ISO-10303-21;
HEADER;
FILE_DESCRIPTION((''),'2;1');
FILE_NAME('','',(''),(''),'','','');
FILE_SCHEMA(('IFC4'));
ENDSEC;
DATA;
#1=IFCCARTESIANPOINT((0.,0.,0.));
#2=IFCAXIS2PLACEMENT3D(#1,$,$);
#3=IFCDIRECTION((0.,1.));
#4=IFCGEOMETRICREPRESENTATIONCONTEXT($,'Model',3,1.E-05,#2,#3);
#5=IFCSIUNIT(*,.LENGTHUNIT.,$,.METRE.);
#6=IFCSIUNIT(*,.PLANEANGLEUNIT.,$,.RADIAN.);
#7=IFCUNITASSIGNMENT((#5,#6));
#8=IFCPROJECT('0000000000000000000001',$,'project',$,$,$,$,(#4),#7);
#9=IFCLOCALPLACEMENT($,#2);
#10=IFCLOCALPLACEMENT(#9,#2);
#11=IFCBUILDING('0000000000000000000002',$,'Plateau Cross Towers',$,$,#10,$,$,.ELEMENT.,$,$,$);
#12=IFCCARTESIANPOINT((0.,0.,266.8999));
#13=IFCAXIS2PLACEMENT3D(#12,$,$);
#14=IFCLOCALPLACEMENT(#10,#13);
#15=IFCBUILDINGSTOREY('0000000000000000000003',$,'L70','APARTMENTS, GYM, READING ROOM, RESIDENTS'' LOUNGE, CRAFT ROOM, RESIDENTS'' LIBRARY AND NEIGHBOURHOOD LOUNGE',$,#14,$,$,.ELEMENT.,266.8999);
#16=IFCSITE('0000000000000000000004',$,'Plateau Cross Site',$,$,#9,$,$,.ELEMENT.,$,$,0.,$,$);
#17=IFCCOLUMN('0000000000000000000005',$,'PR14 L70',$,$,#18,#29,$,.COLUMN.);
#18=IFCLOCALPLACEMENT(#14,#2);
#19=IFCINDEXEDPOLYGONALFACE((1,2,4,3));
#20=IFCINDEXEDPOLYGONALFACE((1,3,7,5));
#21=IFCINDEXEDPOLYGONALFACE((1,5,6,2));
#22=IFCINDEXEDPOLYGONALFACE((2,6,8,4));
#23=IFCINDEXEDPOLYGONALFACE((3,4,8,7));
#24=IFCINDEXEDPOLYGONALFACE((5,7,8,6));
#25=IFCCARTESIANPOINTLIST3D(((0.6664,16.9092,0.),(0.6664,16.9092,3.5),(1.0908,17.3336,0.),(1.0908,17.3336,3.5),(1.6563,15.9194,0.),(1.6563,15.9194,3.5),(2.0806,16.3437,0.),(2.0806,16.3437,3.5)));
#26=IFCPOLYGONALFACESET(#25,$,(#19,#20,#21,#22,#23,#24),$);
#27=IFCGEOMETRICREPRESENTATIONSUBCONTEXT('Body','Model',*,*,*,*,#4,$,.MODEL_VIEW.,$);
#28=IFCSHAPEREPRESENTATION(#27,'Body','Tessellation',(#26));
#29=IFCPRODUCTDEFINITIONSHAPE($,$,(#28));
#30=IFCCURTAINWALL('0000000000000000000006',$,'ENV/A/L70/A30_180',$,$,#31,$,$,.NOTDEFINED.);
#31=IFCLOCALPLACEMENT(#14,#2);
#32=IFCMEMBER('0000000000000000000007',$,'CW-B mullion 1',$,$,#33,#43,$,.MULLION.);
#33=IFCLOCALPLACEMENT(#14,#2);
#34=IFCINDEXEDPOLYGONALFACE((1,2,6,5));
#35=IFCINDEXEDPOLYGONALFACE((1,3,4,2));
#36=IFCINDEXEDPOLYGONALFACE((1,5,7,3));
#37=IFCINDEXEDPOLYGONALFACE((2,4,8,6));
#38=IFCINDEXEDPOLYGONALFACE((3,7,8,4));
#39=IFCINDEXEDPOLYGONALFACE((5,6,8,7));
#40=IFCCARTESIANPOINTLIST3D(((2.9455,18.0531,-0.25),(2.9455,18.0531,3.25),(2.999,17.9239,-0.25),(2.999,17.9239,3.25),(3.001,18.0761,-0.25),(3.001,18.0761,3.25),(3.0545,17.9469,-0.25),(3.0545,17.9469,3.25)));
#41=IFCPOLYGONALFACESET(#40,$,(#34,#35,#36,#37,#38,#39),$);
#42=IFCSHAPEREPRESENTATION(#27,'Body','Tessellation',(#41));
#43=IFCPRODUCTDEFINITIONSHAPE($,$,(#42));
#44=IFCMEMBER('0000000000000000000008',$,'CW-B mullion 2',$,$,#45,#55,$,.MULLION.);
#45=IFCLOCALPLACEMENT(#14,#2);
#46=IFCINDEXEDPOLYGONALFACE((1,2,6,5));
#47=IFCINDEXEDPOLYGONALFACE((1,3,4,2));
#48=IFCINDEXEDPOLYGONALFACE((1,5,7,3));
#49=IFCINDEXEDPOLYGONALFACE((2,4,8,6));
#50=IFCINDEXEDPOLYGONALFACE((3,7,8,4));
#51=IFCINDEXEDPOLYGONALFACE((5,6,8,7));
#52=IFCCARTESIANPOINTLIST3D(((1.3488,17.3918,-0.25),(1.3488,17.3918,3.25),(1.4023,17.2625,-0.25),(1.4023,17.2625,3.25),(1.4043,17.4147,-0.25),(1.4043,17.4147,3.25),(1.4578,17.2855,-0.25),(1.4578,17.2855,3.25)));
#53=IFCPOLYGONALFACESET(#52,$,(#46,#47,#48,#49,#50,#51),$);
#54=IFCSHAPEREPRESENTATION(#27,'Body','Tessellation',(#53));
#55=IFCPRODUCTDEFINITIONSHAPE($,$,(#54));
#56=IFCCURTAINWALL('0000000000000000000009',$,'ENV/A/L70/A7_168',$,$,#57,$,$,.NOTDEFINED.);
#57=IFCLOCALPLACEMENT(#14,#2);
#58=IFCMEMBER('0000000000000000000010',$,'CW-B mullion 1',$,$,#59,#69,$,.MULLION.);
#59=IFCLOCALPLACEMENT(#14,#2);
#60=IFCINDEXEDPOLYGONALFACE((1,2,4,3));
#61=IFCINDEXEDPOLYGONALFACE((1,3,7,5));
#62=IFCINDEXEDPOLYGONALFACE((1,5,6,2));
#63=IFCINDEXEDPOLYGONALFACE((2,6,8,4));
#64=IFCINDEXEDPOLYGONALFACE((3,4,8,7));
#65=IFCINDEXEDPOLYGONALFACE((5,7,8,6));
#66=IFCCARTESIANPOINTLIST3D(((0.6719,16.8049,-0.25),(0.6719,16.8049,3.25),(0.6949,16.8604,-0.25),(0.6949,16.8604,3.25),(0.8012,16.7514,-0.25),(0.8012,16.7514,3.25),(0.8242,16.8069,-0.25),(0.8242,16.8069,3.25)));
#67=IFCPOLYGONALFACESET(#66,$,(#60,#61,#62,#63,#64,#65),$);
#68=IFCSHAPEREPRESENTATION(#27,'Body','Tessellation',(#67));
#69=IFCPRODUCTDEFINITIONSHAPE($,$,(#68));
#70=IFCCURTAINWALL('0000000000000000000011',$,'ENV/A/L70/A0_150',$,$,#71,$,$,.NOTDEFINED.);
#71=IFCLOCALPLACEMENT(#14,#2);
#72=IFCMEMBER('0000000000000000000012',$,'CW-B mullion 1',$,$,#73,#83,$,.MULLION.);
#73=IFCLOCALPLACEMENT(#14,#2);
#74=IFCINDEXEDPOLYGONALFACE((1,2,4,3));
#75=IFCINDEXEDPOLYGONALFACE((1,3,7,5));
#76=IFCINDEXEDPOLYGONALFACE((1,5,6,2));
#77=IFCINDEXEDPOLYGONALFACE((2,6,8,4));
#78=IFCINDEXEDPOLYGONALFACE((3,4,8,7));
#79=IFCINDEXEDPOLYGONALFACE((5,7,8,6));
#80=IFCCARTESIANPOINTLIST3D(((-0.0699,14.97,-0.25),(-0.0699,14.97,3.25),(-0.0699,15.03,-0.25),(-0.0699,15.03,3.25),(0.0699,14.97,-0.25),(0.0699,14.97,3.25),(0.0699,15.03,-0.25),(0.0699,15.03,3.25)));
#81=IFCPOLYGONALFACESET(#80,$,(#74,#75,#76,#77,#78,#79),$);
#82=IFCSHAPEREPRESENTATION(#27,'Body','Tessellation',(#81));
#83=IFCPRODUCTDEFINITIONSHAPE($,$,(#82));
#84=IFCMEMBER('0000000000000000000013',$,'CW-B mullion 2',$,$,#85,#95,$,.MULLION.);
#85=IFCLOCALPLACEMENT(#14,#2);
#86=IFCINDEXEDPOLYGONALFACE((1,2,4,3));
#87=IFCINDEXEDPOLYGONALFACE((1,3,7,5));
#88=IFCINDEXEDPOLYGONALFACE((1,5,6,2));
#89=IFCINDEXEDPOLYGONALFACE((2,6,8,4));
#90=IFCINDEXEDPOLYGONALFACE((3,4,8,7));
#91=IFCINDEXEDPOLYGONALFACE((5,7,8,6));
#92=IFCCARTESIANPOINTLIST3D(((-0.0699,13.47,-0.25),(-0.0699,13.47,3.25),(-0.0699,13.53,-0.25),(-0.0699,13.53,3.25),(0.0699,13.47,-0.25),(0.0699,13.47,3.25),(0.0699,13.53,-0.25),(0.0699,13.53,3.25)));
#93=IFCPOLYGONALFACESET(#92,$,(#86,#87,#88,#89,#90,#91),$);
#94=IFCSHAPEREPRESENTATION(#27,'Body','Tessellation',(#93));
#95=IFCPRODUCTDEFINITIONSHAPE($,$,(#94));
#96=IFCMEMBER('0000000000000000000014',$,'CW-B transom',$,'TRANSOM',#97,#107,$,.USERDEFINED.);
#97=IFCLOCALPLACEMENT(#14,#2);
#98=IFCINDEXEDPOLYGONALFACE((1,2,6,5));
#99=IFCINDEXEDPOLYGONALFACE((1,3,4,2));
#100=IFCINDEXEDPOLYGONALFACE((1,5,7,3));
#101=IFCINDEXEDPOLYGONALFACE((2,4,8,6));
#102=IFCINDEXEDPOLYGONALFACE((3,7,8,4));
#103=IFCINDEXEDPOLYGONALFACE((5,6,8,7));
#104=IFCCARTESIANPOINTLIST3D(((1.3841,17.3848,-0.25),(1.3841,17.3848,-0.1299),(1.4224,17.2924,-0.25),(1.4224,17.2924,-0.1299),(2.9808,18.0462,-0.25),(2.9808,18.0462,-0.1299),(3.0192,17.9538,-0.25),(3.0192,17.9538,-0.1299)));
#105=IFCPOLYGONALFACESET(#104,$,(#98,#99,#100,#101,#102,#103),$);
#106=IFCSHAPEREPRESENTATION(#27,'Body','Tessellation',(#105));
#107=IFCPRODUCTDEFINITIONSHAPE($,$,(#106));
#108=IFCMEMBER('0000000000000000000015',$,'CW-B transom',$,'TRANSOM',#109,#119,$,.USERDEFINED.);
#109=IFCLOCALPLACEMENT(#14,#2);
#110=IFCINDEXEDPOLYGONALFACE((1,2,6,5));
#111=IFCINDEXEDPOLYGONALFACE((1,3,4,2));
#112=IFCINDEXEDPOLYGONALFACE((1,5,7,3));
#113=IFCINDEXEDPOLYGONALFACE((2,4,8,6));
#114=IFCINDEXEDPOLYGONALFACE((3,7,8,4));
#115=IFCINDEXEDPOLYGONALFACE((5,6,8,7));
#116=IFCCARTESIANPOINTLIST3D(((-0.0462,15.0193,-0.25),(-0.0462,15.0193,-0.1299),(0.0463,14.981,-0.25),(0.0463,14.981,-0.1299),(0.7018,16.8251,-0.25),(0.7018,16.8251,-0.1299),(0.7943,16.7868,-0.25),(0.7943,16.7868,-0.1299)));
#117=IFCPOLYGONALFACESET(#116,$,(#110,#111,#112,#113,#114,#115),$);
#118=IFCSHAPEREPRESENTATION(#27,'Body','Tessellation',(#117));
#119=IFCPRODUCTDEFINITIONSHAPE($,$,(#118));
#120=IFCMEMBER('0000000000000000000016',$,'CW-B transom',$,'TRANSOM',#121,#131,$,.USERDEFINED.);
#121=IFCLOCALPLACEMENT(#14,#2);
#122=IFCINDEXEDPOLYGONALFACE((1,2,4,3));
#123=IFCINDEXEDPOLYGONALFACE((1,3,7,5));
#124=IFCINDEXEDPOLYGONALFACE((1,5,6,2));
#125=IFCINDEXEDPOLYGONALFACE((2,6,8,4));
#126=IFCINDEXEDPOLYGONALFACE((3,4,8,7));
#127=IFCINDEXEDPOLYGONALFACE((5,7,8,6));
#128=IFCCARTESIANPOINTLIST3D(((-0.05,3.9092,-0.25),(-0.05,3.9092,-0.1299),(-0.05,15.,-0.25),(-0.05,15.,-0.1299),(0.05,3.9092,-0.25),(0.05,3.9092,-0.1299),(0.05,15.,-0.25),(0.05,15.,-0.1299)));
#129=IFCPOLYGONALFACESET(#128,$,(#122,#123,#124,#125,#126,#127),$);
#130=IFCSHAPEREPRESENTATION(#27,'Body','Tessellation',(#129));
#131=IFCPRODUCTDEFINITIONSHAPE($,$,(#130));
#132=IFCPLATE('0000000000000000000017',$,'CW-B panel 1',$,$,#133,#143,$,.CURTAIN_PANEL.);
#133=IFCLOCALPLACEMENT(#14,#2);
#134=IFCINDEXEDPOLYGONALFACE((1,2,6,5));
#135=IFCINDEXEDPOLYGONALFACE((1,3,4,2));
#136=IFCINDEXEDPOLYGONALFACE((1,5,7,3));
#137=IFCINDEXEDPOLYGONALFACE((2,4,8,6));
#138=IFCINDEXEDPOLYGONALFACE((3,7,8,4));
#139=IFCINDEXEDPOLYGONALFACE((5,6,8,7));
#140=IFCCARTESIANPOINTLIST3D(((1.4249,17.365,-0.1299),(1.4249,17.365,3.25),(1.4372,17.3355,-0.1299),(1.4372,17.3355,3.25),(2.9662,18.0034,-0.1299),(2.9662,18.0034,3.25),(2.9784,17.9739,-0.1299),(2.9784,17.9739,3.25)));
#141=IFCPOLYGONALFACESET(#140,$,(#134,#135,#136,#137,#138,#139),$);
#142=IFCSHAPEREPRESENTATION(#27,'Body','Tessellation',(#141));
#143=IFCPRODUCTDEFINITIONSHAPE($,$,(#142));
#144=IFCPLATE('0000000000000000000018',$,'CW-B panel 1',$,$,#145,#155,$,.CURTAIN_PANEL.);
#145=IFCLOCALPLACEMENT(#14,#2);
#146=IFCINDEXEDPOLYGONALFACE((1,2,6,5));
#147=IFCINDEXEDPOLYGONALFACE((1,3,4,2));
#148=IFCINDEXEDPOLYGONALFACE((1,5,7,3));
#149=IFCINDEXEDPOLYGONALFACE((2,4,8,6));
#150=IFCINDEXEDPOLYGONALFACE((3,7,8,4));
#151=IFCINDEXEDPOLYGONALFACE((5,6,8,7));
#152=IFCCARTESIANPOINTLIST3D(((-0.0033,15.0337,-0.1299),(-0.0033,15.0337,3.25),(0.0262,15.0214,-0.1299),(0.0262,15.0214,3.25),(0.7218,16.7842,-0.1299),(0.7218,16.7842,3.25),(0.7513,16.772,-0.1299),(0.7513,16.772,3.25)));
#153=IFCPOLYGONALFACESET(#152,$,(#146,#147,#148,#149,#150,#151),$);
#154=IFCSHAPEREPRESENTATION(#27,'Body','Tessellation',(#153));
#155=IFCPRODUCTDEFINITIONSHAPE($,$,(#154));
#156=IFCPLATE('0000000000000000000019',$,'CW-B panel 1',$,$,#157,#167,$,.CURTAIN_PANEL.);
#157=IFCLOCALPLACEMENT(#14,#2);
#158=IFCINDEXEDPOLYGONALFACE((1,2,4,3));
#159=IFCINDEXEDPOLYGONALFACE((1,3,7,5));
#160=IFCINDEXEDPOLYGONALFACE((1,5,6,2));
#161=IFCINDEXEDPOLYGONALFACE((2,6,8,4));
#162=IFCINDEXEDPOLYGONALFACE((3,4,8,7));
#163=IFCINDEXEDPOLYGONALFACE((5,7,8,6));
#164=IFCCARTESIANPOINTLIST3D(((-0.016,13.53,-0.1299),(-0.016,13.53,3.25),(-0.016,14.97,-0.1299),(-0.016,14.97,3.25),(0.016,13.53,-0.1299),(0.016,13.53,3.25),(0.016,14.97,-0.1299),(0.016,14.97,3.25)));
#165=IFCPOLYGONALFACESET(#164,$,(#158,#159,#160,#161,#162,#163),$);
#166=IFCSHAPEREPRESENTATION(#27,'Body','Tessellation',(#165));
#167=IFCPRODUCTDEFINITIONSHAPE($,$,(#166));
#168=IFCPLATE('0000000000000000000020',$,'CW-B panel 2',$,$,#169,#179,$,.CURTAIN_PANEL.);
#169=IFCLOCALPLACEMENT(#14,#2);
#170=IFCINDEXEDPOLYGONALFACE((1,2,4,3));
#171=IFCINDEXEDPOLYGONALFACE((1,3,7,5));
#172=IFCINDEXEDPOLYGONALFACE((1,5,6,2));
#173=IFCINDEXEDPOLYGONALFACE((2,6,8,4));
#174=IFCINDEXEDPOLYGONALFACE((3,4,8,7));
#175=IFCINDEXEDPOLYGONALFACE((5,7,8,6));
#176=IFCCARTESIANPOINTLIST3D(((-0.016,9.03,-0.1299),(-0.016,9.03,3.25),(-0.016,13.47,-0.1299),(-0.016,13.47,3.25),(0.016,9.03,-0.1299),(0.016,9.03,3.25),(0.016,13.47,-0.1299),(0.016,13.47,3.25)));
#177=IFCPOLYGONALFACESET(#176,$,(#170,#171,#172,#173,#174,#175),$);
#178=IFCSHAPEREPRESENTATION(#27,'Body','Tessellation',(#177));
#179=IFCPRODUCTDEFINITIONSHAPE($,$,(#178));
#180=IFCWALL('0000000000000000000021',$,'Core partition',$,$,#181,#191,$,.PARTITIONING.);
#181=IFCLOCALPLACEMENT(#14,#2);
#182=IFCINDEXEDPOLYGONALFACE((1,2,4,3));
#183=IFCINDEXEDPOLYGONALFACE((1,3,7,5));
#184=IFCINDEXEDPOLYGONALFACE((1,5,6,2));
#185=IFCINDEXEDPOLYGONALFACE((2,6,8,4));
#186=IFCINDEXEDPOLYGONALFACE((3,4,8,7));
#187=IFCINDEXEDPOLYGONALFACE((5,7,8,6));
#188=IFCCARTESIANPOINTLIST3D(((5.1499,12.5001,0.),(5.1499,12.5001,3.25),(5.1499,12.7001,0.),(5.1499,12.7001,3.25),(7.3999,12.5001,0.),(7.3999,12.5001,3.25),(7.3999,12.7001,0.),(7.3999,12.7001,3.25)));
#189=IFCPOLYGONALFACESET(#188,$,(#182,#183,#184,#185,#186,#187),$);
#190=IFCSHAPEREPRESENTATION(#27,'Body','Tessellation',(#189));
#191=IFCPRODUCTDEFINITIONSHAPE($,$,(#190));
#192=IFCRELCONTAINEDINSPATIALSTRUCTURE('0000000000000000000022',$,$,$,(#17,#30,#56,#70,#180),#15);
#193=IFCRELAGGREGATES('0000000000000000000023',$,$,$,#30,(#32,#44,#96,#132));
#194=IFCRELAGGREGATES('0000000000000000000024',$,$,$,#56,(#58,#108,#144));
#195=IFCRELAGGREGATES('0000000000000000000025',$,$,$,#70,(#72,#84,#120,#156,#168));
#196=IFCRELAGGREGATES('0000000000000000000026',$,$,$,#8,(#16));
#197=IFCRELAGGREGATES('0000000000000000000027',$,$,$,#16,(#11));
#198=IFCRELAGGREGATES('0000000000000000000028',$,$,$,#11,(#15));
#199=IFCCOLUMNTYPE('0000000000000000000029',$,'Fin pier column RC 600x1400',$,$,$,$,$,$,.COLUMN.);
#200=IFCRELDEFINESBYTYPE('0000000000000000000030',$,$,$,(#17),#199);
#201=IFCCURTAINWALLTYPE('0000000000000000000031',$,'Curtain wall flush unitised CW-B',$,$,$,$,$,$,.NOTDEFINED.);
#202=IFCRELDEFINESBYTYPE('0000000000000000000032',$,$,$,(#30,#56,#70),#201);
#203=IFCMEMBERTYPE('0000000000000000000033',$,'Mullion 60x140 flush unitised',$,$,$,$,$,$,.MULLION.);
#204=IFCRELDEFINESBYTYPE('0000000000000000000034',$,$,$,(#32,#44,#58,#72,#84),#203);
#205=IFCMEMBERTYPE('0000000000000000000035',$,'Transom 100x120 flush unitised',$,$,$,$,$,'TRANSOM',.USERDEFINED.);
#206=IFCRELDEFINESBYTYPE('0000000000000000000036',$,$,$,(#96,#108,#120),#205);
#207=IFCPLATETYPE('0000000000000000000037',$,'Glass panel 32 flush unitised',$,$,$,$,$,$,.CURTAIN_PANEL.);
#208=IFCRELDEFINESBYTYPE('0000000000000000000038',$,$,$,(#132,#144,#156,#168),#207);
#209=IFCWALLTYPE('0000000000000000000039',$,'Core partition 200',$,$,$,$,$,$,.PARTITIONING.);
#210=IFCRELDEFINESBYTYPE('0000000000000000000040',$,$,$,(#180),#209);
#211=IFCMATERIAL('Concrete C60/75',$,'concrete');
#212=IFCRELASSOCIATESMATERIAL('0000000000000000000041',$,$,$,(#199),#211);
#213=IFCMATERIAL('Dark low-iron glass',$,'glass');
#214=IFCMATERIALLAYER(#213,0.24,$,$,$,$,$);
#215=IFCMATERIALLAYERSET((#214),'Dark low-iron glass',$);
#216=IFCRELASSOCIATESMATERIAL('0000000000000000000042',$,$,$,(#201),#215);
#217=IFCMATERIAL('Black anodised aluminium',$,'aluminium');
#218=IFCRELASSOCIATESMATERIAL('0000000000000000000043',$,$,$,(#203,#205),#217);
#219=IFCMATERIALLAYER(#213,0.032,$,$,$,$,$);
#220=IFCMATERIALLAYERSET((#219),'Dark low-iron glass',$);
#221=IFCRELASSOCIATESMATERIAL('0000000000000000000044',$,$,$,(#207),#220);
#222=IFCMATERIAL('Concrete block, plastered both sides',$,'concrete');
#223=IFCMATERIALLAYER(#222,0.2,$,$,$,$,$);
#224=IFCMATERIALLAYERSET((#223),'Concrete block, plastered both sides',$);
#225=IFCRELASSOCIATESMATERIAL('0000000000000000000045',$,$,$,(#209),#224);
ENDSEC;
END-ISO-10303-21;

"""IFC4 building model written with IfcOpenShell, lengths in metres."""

from ifc_helpers import new_model, si_unit, direction, frame, frame_2d, origin, origin_2d, place, context, subcontext, project, spatial, rectangle, extrude, material, layer, layer_set, material_profile, profile_set, type_object, element, aggregate, save


model = new_model("IFC4")

# Units and contexts
model_context = context("Model", 3, precision=1e-05, world=origin(), true_north=direction((0.0, 1.0)))
body_context = subcontext(model_context, "Body", "Model", "MODEL_VIEW")
ifc_project = project(units=[si_unit("LENGTHUNIT", "METRE"), si_unit("PLANEANGLEUNIT", "RADIAN")], contexts=[model_context])

# Site, building, storey
site_placement = place(None, origin())
site = spatial("IfcSite", under=ifc_project, at=site_placement, Name="Plateau Cross Site", CompositionType="ELEMENT", RefElevation=0.0)
building_placement = place(site_placement, origin())
building = spatial("IfcBuilding", under=site, at=building_placement, Name="Plateau Cross Towers", CompositionType="ELEMENT")
storey_placement = place(building_placement, frame((0.0, 0.0, 266.8999)))
storey = spatial("IfcBuildingStorey", under=building, at=storey_placement, Name="L70", Description="APARTMENTS, GYM, READING ROOM, RESIDENTS' LOUNGE, CRAFT ROOM, RESIDENTS' LIBRARY AND NEIGHBOURHOOD LOUNGE", CompositionType="ELEMENT", Elevation=266.8999)

# Column
ifc_material_1 = material(Name="Concrete C60/75", Category="concrete")
ifc_material_profile_1 = material_profile(ifc_material_1, rectangle(XDim=0.6001, YDim=1.3999, at=origin_2d()), Name="RC 600x1400")
ifc_profile_set_1 = profile_set([ifc_material_profile_1], Name="Concrete C60/75")
column_type = type_object("IfcColumnType", Name="Fin pier column RC 600x1400", PredefinedType="COLUMN", material=ifc_profile_set_1)
column_placement = place(storey_placement, frame((1.3735, 16.6265, 0.0), z_axis=(0.0, 0.0, 1.0), x_axis=(0.707107, 0.707107, 0.0)))
element("IfcColumn", 1, at=column_placement, inside=storey, type_object=column_type, Name="PR14 L70", PredefinedType="COLUMN", context=body_context, shape_type="SweptSolid", body=[
    extrude(rectangle(XDim=0.6001, YDim=1.3999, at=origin_2d()), origin(), (0.0, 0.0, 1.0), 3.5),
])

# Curtain wall, members
ifc_material_2 = material(Name="Dark low-iron glass", Category="glass")
ifc_layer_1 = layer(ifc_material_2, 0.24)
ifc_layer_set_1 = layer_set([ifc_layer_1], Name="Dark low-iron glass")
curtain_wall_type = type_object("IfcCurtainWallType", Name="Curtain wall flush unitised CW-B", PredefinedType="NOTDEFINED", material=ifc_layer_set_1)
curtain_wall_1_placement = place(storey_placement, origin())
curtain_wall_1 = element("IfcCurtainWall", 2, at=curtain_wall_1_placement, inside=storey, type_object=curtain_wall_type, Name="ENV/A/L70/A30_180", PredefinedType="NOTDEFINED")
ifc_material_3 = material(Name="Black anodised aluminium", Category="aluminium")
ifc_material_profile_2 = material_profile(ifc_material_3, rectangle(XDim=0.0601, YDim=0.1399, at=origin_2d()), Name="MULLION 60x140")
ifc_profile_set_2 = profile_set([ifc_material_profile_2], Name="Black anodised aluminium")
member_type_1 = type_object("IfcMemberType", Name="Mullion 60x140 flush unitised", PredefinedType="MULLION", material=ifc_profile_set_2)
member_1_placement = place(storey_placement, frame((3.0, 18.0, -0.25), z_axis=(0.0, 0.0, 1.0), x_axis=(-0.923879, -0.382684, 0.0)))
member_1 = element("IfcMember", 3, at=member_1_placement, type_object=member_type_1, Name="CW-B mullion 1", PredefinedType="MULLION", context=body_context, shape_type="SweptSolid", body=[
    extrude(rectangle(XDim=0.0601, YDim=0.1399, at=origin_2d()), origin(), (0.0, 0.0, 1.0), 3.5),
])
member_2_placement = place(storey_placement, frame((1.4033, 17.3386, -0.25), z_axis=(0.0, 0.0, 1.0), x_axis=(-0.923879, -0.382684, 0.0)))
member_2 = element("IfcMember", 4, at=member_2_placement, type_object=member_type_1, Name="CW-B mullion 2", PredefinedType="MULLION", context=body_context, shape_type="SweptSolid", body=[
    extrude(rectangle(XDim=0.0601, YDim=0.1399, at=origin_2d()), origin(), (0.0, 0.0, 1.0), 3.5),
])

# Curtain wall, member
curtain_wall_2_placement = place(storey_placement, origin())
curtain_wall_2 = element("IfcCurtainWall", 5, at=curtain_wall_2_placement, inside=storey, type_object=curtain_wall_type, Name="ENV/A/L70/A7_168", PredefinedType="NOTDEFINED")
member_3_placement = place(storey_placement, frame((0.748, 16.8059, -0.25), z_axis=(0.0, 0.0, 1.0), x_axis=(-0.382684, -0.923879, 0.0)))
member_3 = element("IfcMember", 6, at=member_3_placement, type_object=member_type_1, Name="CW-B mullion 1", PredefinedType="MULLION", context=body_context, shape_type="SweptSolid", body=[
    extrude(rectangle(XDim=0.0601, YDim=0.1399, at=origin_2d()), origin(), (0.0, 0.0, 1.0), 3.5),
])

# Curtain wall, members
curtain_wall_3_placement = place(storey_placement, origin())
curtain_wall_3 = element("IfcCurtainWall", 7, at=curtain_wall_3_placement, inside=storey, type_object=curtain_wall_type, Name="ENV/A/L70/A0_150", PredefinedType="NOTDEFINED")
member_4_placement = place(storey_placement, frame((0.0, 15.0, -0.25), z_axis=(0.0, 0.0, 1.0), x_axis=(0.0, -1.0, 0.0)))
member_4 = element("IfcMember", 8, at=member_4_placement, type_object=member_type_1, Name="CW-B mullion 1", PredefinedType="MULLION", context=body_context, shape_type="SweptSolid", body=[
    extrude(rectangle(XDim=0.0601, YDim=0.1399, at=origin_2d()), origin(), (0.0, 0.0, 1.0), 3.5),
])
member_5_placement = place(storey_placement, frame((0.0, 13.5, -0.25), z_axis=(0.0, 0.0, 1.0), x_axis=(0.0, -1.0, 0.0)))
member_5 = element("IfcMember", 9, at=member_5_placement, type_object=member_type_1, Name="CW-B mullion 2", PredefinedType="MULLION", context=body_context, shape_type="SweptSolid", body=[
    extrude(rectangle(XDim=0.0601, YDim=0.1399, at=origin_2d()), origin(), (0.0, 0.0, 1.0), 3.5),
])

# Members
ifc_material_profile_3 = material_profile(ifc_material_3, rectangle(XDim=0.1001, YDim=0.1201, at=origin_2d()), Name="TRANSOM 100x120")
ifc_profile_set_3 = profile_set([ifc_material_profile_3], Name="Black anodised aluminium")
member_type_2 = type_object("IfcMemberType", Name="Transom 100x120 flush unitised", ElementType="TRANSOM", PredefinedType="USERDEFINED", material=ifc_profile_set_3)
member_6_placement = place(storey_placement, frame((3.0, 18.0, -0.1899), z_axis=(-0.923877, -0.382689, 0.0), x_axis=(0.382689, -0.923877, 0.0)))
member_6 = element("IfcMember", 10, at=member_6_placement, type_object=member_type_2, Name="CW-B transom", ObjectType="TRANSOM", PredefinedType="USERDEFINED", context=body_context, shape_type="SweptSolid", body=[
    extrude(rectangle(XDim=0.1001, YDim=0.1201, at=origin_2d()), origin(), (0.0, 0.0, 1.0), 1.7283),
])
member_7_placement = place(storey_placement, frame((0.748, 16.8059, -0.1899), z_axis=(-0.38269, -0.923877, 0.0), x_axis=(0.923877, -0.38269, 0.0)))
member_7 = element("IfcMember", 11, at=member_7_placement, type_object=member_type_2, Name="CW-B transom", ObjectType="TRANSOM", PredefinedType="USERDEFINED", context=body_context, shape_type="SweptSolid", body=[
    extrude(rectangle(XDim=0.1001, YDim=0.1201, at=origin_2d()), origin(), (0.0, 0.0, 1.0), 1.9546),
])
member_8_placement = place(storey_placement, frame((0.0, 15.0, -0.1899), z_axis=(0.0, -1.0, 0.0), x_axis=(1.0, 0.0, 0.0)))
member_8 = element("IfcMember", 12, at=member_8_placement, type_object=member_type_2, Name="CW-B transom", ObjectType="TRANSOM", PredefinedType="USERDEFINED", context=body_context, shape_type="SweptSolid", body=[
    extrude(rectangle(XDim=0.1001, YDim=0.1201, at=origin_2d()), origin(), (0.0, 0.0, 1.0), 11.0908),
])

# Plates
ifc_layer_2 = layer(ifc_material_2, 0.032)
ifc_layer_set_2 = layer_set([ifc_layer_2], Name="Dark low-iron glass")
plate_type = type_object("IfcPlateType", Name="Glass panel 32 flush unitised", PredefinedType="CURTAIN_PANEL", material=ifc_layer_set_2)
plate_1_placement = place(storey_placement, frame((2.2017, 17.6694, -0.1299), z_axis=(0.0, 0.0, 1.0), x_axis=(-0.923879, -0.382684, 0.0)))
plate_1 = element("IfcPlate", 13, at=plate_1_placement, type_object=plate_type, Name="CW-B panel 1", PredefinedType="CURTAIN_PANEL", context=body_context, shape_type="SweptSolid", body=[
    extrude(rectangle(XDim=1.6682, YDim=0.032, at=origin_2d()), origin(), (0.0, 0.0, 1.0), 3.3799),
])
aggregate(curtain_wall_1, [member_1, member_2, member_6, plate_1])
plate_2_placement = place(storey_placement, frame((0.374, 15.9028, -0.1299), z_axis=(0.0, 0.0, 1.0), x_axis=(-0.382684, -0.923879, 0.0)))
plate_2 = element("IfcPlate", 14, at=plate_2_placement, type_object=plate_type, Name="CW-B panel 1", PredefinedType="CURTAIN_PANEL", context=body_context, shape_type="SweptSolid", body=[
    extrude(rectangle(XDim=1.8948, YDim=0.032, at=origin_2d()), origin(), (0.0, 0.0, 1.0), 3.3799),
])
aggregate(curtain_wall_2, [member_3, member_7, plate_2])
plate_3_placement = place(storey_placement, frame((0.0, 14.25, -0.1299), z_axis=(0.0, 0.0, 1.0), x_axis=(0.0, -1.0, 0.0)))
plate_3 = element("IfcPlate", 15, at=plate_3_placement, type_object=plate_type, Name="CW-B panel 1", PredefinedType="CURTAIN_PANEL", context=body_context, shape_type="SweptSolid", body=[
    extrude(rectangle(XDim=1.4399, YDim=0.032, at=origin_2d()), origin(), (0.0, 0.0, 1.0), 3.3799),
])
plate_4_placement = place(storey_placement, frame((0.0, 11.25, -0.1299), z_axis=(0.0, 0.0, 1.0), x_axis=(0.0, -1.0, 0.0)))
plate_4 = element("IfcPlate", 16, at=plate_4_placement, type_object=plate_type, Name="CW-B panel 2", PredefinedType="CURTAIN_PANEL", context=body_context, shape_type="SweptSolid", body=[
    extrude(rectangle(XDim=4.4399, YDim=0.032, at=origin_2d()), origin(), (0.0, 0.0, 1.0), 3.3799),
])
aggregate(curtain_wall_3, [member_4, member_5, member_8, plate_3, plate_4])

# Wall
ifc_material_4 = material(Name="Concrete block, plastered both sides", Category="concrete")
ifc_layer_3 = layer(ifc_material_4, 0.2)
ifc_layer_set_3 = layer_set([ifc_layer_3], Name="Concrete block, plastered both sides")
wall_type_1 = type_object("IfcWallType", Name="Core partition 200", PredefinedType="PARTITIONING", material=ifc_layer_set_3)
for number, where, z_axis, x_axis, name in (
    (17, (5.1499, 12.6001, 0.0), (0.0, 0.0, 1.0), (1.0, 0.0, 0.0), "Core partition"),
):
    element("IfcWall", number, at=place(storey_placement, frame(where, z_axis=z_axis, x_axis=x_axis)), inside=storey, type_object=wall_type_1, Name=name, PredefinedType="PARTITIONING", context=body_context, shape_type="SweptSolid", body=[
        extrude(rectangle(XDim=2.25, YDim=0.2, at=frame_2d((1.125, 0.0))), origin(), (0.0, 0.0, 1.0), 3.25),
    ])

save(model, "model.ifc")
